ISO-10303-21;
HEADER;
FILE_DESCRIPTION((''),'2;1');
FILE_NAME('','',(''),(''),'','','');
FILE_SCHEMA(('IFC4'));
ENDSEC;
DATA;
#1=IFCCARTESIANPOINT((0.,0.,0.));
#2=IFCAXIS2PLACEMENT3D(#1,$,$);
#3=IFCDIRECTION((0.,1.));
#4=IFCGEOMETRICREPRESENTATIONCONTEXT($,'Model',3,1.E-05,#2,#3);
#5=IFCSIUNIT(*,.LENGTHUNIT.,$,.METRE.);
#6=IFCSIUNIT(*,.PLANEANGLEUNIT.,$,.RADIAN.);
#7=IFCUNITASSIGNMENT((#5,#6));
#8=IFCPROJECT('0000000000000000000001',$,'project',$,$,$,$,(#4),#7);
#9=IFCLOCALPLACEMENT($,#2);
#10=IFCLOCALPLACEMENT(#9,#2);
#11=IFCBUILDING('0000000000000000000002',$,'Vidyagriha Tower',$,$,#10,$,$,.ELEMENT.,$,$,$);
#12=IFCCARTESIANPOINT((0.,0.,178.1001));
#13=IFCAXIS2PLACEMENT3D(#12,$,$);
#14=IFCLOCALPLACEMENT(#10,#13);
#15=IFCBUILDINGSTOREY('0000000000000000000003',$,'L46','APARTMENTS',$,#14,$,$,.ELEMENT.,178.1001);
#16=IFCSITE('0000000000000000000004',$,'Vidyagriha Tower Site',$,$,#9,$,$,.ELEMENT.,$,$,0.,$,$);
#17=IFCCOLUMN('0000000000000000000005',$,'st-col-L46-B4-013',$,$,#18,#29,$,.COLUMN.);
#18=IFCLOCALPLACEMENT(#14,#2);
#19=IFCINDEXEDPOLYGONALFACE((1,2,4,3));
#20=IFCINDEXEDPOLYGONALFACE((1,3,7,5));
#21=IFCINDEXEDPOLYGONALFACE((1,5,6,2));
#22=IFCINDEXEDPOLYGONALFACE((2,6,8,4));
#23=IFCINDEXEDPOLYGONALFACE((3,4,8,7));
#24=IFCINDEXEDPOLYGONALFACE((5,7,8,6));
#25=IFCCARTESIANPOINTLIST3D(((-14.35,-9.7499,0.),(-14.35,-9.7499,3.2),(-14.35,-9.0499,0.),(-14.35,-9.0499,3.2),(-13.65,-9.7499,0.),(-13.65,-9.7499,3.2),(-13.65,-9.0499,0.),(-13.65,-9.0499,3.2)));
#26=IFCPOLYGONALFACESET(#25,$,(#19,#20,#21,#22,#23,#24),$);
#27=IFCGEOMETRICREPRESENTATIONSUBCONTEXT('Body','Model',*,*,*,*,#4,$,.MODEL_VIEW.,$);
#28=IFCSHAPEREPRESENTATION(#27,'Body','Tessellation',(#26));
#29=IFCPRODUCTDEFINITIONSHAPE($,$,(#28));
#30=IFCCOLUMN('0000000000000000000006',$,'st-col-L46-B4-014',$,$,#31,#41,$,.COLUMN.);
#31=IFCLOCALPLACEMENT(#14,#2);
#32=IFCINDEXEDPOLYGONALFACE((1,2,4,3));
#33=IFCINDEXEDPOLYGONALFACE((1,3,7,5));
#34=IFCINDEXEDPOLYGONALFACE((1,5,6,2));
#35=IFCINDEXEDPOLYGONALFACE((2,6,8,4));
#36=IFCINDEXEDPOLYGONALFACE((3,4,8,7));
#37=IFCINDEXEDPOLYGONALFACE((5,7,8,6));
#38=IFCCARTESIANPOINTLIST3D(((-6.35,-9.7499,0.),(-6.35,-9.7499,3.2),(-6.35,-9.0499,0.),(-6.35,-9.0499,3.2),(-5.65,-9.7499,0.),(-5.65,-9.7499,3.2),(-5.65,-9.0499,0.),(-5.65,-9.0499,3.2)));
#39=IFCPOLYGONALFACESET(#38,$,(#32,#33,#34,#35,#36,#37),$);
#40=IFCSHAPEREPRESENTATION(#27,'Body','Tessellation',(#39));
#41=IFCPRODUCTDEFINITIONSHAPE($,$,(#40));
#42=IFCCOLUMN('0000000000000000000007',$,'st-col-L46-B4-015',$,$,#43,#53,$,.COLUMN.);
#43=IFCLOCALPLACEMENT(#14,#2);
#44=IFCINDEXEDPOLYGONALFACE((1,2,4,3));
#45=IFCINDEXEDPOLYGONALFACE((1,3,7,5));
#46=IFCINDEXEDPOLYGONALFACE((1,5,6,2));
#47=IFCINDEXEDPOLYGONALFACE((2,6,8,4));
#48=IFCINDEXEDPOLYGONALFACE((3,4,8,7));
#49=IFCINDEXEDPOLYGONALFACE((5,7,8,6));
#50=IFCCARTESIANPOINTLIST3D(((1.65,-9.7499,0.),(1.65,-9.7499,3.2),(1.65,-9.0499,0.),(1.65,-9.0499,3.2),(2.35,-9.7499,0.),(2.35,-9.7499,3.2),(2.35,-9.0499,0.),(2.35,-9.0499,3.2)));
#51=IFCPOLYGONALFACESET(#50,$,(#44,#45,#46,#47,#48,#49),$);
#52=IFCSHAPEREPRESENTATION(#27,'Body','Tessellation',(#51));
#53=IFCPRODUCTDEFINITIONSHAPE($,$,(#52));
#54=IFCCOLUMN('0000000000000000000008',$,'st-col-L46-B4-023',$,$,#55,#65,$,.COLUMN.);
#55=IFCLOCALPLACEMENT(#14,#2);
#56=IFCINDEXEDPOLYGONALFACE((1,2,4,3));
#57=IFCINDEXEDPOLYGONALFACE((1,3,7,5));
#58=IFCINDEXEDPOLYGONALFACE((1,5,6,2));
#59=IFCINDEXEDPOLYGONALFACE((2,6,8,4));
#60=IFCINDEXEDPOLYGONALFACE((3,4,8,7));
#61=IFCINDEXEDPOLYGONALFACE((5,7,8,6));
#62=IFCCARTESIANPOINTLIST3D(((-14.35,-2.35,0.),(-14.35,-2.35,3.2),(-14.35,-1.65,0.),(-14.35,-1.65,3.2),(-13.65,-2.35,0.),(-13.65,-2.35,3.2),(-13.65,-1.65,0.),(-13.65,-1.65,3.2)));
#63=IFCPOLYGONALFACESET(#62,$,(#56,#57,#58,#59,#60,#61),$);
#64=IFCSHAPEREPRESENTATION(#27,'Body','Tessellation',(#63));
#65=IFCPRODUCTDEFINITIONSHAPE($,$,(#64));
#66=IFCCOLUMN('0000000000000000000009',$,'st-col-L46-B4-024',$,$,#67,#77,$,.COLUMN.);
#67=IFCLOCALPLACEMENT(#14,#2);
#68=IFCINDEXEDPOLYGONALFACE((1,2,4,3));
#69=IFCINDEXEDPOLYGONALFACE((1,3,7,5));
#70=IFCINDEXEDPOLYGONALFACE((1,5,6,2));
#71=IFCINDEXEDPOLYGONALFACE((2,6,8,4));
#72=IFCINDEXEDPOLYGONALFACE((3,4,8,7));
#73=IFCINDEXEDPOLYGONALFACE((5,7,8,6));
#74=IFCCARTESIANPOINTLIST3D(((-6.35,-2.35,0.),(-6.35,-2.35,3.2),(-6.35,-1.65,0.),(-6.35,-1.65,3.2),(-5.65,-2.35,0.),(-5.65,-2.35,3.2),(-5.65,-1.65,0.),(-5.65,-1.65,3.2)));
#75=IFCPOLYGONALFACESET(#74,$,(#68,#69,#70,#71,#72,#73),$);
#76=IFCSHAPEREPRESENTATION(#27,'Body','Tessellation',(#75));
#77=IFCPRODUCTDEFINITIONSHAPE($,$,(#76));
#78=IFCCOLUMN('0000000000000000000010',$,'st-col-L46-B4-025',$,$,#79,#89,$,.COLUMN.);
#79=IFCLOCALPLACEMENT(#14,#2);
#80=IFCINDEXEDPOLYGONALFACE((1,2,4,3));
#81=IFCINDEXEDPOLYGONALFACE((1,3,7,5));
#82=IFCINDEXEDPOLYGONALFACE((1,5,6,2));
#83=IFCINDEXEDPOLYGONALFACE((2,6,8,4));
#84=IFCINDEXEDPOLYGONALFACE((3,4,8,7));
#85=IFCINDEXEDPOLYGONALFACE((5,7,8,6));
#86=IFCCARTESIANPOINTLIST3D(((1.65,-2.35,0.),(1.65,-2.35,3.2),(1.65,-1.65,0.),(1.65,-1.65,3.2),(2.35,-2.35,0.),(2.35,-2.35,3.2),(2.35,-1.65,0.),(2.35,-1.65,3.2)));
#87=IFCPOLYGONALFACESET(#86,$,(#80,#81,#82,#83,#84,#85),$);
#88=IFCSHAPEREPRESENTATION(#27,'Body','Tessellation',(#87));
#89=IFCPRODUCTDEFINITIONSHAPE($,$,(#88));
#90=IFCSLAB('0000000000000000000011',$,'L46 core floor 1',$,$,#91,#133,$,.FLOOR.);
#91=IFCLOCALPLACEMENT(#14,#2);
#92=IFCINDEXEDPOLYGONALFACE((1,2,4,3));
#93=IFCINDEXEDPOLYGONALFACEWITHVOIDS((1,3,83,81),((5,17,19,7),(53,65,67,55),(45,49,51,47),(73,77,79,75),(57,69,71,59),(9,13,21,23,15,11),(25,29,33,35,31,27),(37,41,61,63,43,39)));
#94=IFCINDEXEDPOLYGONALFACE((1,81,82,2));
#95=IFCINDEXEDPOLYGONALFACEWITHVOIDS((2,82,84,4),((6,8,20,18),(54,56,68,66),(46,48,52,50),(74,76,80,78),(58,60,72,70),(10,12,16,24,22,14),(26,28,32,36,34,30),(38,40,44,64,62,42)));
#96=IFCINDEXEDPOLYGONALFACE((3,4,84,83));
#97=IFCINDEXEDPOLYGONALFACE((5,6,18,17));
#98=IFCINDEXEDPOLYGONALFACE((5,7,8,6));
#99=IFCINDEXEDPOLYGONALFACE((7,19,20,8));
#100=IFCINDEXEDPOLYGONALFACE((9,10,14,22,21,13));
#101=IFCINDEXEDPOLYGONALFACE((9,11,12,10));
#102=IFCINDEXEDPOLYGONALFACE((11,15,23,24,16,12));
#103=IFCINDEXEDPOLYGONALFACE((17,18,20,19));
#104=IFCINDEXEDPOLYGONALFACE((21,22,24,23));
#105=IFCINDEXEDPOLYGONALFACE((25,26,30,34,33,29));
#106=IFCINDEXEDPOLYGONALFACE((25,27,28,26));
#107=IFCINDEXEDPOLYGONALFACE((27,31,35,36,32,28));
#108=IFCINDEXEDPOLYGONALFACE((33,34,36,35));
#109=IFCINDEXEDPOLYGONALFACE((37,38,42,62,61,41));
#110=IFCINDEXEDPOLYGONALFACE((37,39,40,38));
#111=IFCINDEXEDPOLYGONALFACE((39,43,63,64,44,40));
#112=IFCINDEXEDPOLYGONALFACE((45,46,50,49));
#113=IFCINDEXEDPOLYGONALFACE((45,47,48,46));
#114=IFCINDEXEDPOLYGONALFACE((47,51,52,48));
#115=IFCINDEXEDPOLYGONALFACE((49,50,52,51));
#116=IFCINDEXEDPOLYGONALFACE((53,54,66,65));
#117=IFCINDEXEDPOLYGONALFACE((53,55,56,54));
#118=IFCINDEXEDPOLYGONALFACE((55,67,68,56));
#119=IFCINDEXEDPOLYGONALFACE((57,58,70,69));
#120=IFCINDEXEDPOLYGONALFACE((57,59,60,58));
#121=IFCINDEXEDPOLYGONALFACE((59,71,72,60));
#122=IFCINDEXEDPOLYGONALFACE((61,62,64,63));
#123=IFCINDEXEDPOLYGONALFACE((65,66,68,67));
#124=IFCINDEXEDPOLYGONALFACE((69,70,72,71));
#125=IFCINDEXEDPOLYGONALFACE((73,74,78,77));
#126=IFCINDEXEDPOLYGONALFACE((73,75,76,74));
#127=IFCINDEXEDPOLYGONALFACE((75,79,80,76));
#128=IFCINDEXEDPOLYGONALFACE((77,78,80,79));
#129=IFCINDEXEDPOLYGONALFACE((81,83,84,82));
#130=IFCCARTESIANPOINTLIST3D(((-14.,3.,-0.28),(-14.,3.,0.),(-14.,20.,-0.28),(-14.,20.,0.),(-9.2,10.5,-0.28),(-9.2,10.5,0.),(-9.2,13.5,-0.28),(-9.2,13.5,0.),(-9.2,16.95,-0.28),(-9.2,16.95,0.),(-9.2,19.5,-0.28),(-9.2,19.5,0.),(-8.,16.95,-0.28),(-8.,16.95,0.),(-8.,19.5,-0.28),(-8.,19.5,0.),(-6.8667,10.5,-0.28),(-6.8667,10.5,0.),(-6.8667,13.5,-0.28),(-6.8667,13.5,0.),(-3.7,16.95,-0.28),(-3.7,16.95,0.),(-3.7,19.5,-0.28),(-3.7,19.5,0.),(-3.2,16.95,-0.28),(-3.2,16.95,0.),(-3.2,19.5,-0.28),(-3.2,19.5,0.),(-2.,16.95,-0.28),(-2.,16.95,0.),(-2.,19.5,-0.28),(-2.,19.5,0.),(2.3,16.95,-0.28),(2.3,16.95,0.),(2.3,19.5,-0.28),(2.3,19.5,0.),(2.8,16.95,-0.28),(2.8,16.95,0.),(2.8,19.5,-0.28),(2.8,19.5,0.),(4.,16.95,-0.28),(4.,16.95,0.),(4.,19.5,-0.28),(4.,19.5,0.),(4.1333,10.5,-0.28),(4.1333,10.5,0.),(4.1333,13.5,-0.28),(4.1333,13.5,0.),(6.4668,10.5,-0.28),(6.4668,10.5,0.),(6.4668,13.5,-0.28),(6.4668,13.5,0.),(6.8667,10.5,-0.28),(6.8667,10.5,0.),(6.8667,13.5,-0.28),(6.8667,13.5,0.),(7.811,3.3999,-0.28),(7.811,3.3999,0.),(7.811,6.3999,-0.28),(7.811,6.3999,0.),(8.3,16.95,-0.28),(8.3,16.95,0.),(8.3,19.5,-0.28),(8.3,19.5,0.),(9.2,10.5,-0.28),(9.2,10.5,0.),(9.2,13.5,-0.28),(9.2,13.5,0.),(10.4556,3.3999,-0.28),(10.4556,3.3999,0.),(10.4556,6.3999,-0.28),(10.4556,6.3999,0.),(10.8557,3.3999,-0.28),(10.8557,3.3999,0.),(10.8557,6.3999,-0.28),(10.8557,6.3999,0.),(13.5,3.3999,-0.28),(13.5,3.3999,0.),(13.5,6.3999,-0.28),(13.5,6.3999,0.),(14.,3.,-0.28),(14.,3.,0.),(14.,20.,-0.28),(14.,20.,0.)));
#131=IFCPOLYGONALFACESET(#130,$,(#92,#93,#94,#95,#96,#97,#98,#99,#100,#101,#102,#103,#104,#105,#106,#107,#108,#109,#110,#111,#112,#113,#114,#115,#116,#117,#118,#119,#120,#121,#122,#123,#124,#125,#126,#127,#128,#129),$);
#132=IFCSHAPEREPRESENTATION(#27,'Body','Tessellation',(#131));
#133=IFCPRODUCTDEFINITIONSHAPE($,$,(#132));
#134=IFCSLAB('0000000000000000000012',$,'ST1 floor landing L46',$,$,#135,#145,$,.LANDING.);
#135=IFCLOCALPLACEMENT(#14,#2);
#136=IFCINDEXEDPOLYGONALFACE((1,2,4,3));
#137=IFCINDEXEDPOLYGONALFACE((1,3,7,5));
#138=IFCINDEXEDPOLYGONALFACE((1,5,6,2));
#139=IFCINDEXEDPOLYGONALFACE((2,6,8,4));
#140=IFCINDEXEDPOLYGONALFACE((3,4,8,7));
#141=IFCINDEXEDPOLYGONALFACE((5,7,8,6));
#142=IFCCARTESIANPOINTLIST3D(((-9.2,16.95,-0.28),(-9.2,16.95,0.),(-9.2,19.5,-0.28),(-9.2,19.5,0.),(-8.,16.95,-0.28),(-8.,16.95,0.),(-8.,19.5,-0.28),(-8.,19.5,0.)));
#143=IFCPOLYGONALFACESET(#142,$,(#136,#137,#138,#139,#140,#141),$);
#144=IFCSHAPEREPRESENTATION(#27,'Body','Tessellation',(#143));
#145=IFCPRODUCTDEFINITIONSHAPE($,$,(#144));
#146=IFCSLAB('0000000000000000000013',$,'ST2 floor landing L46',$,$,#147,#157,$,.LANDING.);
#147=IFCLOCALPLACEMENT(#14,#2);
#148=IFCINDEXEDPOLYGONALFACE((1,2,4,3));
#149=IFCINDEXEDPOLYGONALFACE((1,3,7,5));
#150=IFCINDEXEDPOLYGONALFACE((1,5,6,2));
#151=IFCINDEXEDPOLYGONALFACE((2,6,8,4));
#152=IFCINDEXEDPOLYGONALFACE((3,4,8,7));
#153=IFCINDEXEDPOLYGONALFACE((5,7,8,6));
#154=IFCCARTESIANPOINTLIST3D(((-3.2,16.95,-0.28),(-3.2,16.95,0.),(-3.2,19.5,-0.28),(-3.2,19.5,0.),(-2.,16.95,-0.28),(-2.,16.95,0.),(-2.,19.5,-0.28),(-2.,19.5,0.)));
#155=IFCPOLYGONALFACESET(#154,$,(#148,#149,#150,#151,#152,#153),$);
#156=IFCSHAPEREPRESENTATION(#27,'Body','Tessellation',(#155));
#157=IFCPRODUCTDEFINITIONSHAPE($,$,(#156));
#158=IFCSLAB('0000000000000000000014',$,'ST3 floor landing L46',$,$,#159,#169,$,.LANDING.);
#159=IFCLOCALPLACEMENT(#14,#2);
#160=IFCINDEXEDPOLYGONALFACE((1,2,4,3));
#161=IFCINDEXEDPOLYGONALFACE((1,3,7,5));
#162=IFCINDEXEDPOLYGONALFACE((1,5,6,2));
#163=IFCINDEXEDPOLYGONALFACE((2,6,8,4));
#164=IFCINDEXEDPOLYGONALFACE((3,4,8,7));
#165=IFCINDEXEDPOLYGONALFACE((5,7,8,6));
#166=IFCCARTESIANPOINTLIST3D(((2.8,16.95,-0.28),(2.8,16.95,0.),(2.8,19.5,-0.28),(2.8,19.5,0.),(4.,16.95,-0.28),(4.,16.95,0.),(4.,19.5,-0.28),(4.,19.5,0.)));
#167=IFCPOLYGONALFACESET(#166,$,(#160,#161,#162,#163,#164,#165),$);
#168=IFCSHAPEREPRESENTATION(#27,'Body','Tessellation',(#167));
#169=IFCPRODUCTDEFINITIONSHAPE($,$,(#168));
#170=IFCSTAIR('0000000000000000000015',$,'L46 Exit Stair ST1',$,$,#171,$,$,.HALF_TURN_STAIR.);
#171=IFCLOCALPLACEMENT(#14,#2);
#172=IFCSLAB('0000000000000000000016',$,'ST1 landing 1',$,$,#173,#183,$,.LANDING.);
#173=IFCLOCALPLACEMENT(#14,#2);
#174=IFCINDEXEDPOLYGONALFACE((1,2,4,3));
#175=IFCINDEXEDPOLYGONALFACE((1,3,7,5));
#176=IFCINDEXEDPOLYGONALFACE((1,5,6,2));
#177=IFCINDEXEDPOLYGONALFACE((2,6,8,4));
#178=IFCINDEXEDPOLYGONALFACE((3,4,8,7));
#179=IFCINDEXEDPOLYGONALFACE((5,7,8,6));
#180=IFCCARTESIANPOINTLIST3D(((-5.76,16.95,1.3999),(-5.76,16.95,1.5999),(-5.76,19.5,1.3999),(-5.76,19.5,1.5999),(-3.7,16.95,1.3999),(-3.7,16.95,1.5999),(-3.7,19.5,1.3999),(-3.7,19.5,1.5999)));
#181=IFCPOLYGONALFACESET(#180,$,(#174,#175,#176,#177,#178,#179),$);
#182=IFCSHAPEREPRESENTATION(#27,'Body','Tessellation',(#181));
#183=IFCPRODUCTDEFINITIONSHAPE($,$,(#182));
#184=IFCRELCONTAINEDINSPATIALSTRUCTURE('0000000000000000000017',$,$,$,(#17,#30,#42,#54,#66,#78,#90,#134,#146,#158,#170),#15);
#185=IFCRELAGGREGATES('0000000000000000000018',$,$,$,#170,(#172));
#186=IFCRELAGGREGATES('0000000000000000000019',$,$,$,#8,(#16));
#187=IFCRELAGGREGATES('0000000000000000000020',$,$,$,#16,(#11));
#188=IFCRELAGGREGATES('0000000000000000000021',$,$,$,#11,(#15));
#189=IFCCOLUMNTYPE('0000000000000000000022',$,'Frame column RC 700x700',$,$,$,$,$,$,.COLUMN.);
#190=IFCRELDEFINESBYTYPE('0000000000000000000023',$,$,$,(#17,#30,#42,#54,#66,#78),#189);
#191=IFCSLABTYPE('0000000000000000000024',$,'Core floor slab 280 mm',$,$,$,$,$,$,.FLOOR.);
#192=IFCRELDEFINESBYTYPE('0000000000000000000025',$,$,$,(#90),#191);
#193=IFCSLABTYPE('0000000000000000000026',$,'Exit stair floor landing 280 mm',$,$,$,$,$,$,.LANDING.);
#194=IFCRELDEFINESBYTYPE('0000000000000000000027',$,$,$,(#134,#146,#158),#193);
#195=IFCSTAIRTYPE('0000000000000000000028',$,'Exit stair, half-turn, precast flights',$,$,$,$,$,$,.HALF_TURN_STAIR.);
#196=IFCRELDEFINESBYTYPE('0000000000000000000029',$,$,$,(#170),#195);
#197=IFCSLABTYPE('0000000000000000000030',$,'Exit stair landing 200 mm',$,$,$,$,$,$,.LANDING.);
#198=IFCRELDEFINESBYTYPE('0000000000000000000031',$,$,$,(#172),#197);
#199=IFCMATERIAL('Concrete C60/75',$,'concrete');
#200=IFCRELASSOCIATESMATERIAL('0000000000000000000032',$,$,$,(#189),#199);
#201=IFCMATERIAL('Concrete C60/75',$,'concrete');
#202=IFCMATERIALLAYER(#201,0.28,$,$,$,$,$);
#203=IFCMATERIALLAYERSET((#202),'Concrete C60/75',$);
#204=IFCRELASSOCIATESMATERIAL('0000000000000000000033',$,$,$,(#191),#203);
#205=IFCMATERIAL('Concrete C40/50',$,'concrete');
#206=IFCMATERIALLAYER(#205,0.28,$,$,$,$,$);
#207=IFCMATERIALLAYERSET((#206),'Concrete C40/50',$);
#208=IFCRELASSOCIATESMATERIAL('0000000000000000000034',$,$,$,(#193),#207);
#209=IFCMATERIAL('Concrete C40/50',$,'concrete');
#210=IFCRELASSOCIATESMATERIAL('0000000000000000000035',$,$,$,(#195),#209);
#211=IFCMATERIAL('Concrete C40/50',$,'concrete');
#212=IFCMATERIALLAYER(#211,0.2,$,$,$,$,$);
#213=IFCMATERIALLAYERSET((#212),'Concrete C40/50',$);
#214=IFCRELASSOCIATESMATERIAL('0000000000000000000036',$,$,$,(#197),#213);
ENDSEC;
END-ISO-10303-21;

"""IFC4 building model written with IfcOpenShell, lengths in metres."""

from ifc_helpers import new_model, si_unit, direction, frame, origin, origin_2d, place, context, subcontext, project, spatial, polyline, rectangle, outline, extrude, material, layer, layer_set, material_profile, profile_set, type_object, element, aggregate, save


model = new_model("IFC4")

# Units and contexts
model_context = context("Model", 3, precision=1e-05, world=origin(), true_north=direction((0.0, 1.0)))
body_context = subcontext(model_context, "Body", "Model", "MODEL_VIEW")
ifc_project = project(units=[si_unit("LENGTHUNIT", "METRE"), si_unit("PLANEANGLEUNIT", "RADIAN")], contexts=[model_context])

# Site, building, storey
site_placement = place(None, origin())
site = spatial("IfcSite", under=ifc_project, at=site_placement, Name="Vidyagriha Tower Site", CompositionType="ELEMENT", RefElevation=0.0)
building_placement = place(site_placement, origin())
building = spatial("IfcBuilding", under=site, at=building_placement, Name="Vidyagriha Tower", CompositionType="ELEMENT")
storey_placement = place(building_placement, frame((0.0, 0.0, 178.1001)))
storey = spatial("IfcBuildingStorey", under=building, at=storey_placement, Name="L46", Description="APARTMENTS", CompositionType="ELEMENT", Elevation=178.1001)

# Columns
ifc_material_1 = material(Name="Concrete C60/75", Category="concrete")
ifc_material_profile = material_profile(ifc_material_1, rectangle(XDim=0.7, YDim=0.7, at=origin_2d()), Name="RC 700x700")
ifc_profile_set = profile_set([ifc_material_profile], Name="Concrete C60/75")
column_type = type_object("IfcColumnType", Name="Frame column RC 700x700", PredefinedType="COLUMN", material=ifc_profile_set)
for number, where, name in (
    (1, (-14.0, -9.3999, 0.0), "st-col-L46-B4-013"),
    (2, (-6.0, -9.3999, 0.0), "st-col-L46-B4-014"),
    (3, (2.0, -9.3999, 0.0), "st-col-L46-B4-015"),
    (4, (-14.0, -2.0, 0.0), "st-col-L46-B4-023"),
    (5, (-6.0, -2.0, 0.0), "st-col-L46-B4-024"),
    (6, (2.0, -2.0, 0.0), "st-col-L46-B4-025"),
):
    element("IfcColumn", number, at=place(storey_placement, frame(where)), inside=storey, type_object=column_type, Name=name, PredefinedType="COLUMN", context=body_context, shape_type="SweptSolid", body=[
        extrude(rectangle(XDim=0.7, YDim=0.7, at=origin_2d()), origin(), (0.0, 0.0, 1.0), 3.2),
    ])

# Slabs
ifc_material_2 = material(Name="Concrete C60/75", Category="concrete")
ifc_layer_1 = layer(ifc_material_2, 0.28)
ifc_layer_set_1 = layer_set([ifc_layer_1], Name="Concrete C60/75")
slab_type_1 = type_object("IfcSlabType", Name="Core floor slab 280 mm", PredefinedType="FLOOR", material=ifc_layer_set_1)
slab_1_placement = place(storey_placement, frame((0.0, 0.0, -0.28)))
element("IfcSlab", 7, at=slab_1_placement, inside=storey, type_object=slab_type_1, Name="L46 core floor 1", PredefinedType="FLOOR", context=body_context, shape_type="SweptSolid", body=[
    extrude(outline(polyline([(-14.0, 3.0), (-14.0, 20.0), (14.0, 20.0), (14.0, 3.0), (-14.0, 3.0)]), holes=[polyline([(13.5, 6.3999), (10.8557, 6.3999), (10.8557, 3.3999), (13.5, 3.3999), (13.5, 6.3999)]), polyline([(10.4556, 6.3999), (7.811, 6.3999), (7.811, 3.3999), (10.4556, 3.3999), (10.4556, 6.3999)]), polyline([(9.2, 13.5), (6.8667, 13.5), (6.8667, 10.5), (9.2, 10.5), (9.2, 13.5)]), polyline([(2.8, 19.5), (2.8, 16.95), (4.0, 16.95), (8.3, 16.95), (8.3, 19.5), (4.0, 19.5), (2.8, 19.5)]), polyline([(4.1333, 13.5), (4.1333, 10.5), (6.4668, 10.5), (6.4668, 13.5), (4.1333, 13.5)]), polyline([(-2.0, 19.5), (-3.2, 19.5), (-3.2, 16.95), (-2.0, 16.95), (2.3, 16.95), (2.3, 19.5), (-2.0, 19.5)]), polyline([(-9.2, 19.5), (-9.2, 16.95), (-8.0, 16.95), (-3.7, 16.95), (-3.7, 19.5), (-8.0, 19.5), (-9.2, 19.5)]), polyline([(-9.2, 13.5), (-9.2, 10.5), (-6.8667, 10.5), (-6.8667, 13.5), (-9.2, 13.5)])]), origin(), (0.0, 0.0, 1.0), 0.28),
])
ifc_material_3 = material(Name="Concrete C40/50", Category="concrete")
ifc_layer_2 = layer(ifc_material_3, 0.28)
ifc_layer_set_2 = layer_set([ifc_layer_2], Name="Concrete C40/50")
slab_type_2 = type_object("IfcSlabType", Name="Exit stair floor landing 280 mm", PredefinedType="LANDING", material=ifc_layer_set_2)
slab_2_placement = place(storey_placement, frame((0.0, 0.0, -0.28)))
element("IfcSlab", 8, at=slab_2_placement, inside=storey, type_object=slab_type_2, Name="ST1 floor landing L46", PredefinedType="LANDING", context=body_context, shape_type="SweptSolid", body=[
    extrude(outline(polyline([(-9.2, 16.95), (-8.0, 16.95), (-8.0, 19.5), (-9.2, 19.5), (-9.2, 16.95)])), origin(), (0.0, 0.0, 1.0), 0.28),
])
slab_3_placement = place(storey_placement, frame((0.0, 0.0, -0.28)))
element("IfcSlab", 9, at=slab_3_placement, inside=storey, type_object=slab_type_2, Name="ST2 floor landing L46", PredefinedType="LANDING", context=body_context, shape_type="SweptSolid", body=[
    extrude(outline(polyline([(-3.2, 16.95), (-2.0, 16.95), (-2.0, 19.5), (-3.2, 19.5), (-3.2, 16.95)])), origin(), (0.0, 0.0, 1.0), 0.28),
])
slab_4_placement = place(storey_placement, frame((0.0, 0.0, -0.28)))
element("IfcSlab", 10, at=slab_4_placement, inside=storey, type_object=slab_type_2, Name="ST3 floor landing L46", PredefinedType="LANDING", context=body_context, shape_type="SweptSolid", body=[
    extrude(outline(polyline([(2.8, 16.95), (4.0, 16.95), (4.0, 19.5), (2.8, 19.5), (2.8, 16.95)])), origin(), (0.0, 0.0, 1.0), 0.28),
])

# Stair, slab
ifc_material_4 = material(Name="Concrete C40/50", Category="concrete")
stair_type = type_object("IfcStairType", Name="Exit stair, half-turn, precast flights", PredefinedType="HALF_TURN_STAIR", material=ifc_material_4)
stair_placement = place(storey_placement, origin())
stair = element("IfcStair", 11, at=stair_placement, inside=storey, type_object=stair_type, Name="L46 Exit Stair ST1", PredefinedType="HALF_TURN_STAIR")
ifc_material_5 = material(Name="Concrete C40/50", Category="concrete")
ifc_layer_3 = layer(ifc_material_5, 0.2)
ifc_layer_set_3 = layer_set([ifc_layer_3], Name="Concrete C40/50")
slab_type_3 = type_object("IfcSlabType", Name="Exit stair landing 200 mm", PredefinedType="LANDING", material=ifc_layer_set_3)
slab_5_placement = place(storey_placement, frame((0.0, 0.0, 1.3999)))
slab_5 = element("IfcSlab", 12, at=slab_5_placement, type_object=slab_type_3, Name="ST1 landing 1", PredefinedType="LANDING", context=body_context, shape_type="SweptSolid", body=[
    extrude(outline(polyline([(-5.76, 16.95), (-3.7, 16.95), (-3.7, 19.5), (-5.76, 19.5), (-5.76, 16.95)])), origin(), (0.0, 0.0, 1.0), 0.2),
])
aggregate(stair, [slab_5])

save(model, "model.ifc")
